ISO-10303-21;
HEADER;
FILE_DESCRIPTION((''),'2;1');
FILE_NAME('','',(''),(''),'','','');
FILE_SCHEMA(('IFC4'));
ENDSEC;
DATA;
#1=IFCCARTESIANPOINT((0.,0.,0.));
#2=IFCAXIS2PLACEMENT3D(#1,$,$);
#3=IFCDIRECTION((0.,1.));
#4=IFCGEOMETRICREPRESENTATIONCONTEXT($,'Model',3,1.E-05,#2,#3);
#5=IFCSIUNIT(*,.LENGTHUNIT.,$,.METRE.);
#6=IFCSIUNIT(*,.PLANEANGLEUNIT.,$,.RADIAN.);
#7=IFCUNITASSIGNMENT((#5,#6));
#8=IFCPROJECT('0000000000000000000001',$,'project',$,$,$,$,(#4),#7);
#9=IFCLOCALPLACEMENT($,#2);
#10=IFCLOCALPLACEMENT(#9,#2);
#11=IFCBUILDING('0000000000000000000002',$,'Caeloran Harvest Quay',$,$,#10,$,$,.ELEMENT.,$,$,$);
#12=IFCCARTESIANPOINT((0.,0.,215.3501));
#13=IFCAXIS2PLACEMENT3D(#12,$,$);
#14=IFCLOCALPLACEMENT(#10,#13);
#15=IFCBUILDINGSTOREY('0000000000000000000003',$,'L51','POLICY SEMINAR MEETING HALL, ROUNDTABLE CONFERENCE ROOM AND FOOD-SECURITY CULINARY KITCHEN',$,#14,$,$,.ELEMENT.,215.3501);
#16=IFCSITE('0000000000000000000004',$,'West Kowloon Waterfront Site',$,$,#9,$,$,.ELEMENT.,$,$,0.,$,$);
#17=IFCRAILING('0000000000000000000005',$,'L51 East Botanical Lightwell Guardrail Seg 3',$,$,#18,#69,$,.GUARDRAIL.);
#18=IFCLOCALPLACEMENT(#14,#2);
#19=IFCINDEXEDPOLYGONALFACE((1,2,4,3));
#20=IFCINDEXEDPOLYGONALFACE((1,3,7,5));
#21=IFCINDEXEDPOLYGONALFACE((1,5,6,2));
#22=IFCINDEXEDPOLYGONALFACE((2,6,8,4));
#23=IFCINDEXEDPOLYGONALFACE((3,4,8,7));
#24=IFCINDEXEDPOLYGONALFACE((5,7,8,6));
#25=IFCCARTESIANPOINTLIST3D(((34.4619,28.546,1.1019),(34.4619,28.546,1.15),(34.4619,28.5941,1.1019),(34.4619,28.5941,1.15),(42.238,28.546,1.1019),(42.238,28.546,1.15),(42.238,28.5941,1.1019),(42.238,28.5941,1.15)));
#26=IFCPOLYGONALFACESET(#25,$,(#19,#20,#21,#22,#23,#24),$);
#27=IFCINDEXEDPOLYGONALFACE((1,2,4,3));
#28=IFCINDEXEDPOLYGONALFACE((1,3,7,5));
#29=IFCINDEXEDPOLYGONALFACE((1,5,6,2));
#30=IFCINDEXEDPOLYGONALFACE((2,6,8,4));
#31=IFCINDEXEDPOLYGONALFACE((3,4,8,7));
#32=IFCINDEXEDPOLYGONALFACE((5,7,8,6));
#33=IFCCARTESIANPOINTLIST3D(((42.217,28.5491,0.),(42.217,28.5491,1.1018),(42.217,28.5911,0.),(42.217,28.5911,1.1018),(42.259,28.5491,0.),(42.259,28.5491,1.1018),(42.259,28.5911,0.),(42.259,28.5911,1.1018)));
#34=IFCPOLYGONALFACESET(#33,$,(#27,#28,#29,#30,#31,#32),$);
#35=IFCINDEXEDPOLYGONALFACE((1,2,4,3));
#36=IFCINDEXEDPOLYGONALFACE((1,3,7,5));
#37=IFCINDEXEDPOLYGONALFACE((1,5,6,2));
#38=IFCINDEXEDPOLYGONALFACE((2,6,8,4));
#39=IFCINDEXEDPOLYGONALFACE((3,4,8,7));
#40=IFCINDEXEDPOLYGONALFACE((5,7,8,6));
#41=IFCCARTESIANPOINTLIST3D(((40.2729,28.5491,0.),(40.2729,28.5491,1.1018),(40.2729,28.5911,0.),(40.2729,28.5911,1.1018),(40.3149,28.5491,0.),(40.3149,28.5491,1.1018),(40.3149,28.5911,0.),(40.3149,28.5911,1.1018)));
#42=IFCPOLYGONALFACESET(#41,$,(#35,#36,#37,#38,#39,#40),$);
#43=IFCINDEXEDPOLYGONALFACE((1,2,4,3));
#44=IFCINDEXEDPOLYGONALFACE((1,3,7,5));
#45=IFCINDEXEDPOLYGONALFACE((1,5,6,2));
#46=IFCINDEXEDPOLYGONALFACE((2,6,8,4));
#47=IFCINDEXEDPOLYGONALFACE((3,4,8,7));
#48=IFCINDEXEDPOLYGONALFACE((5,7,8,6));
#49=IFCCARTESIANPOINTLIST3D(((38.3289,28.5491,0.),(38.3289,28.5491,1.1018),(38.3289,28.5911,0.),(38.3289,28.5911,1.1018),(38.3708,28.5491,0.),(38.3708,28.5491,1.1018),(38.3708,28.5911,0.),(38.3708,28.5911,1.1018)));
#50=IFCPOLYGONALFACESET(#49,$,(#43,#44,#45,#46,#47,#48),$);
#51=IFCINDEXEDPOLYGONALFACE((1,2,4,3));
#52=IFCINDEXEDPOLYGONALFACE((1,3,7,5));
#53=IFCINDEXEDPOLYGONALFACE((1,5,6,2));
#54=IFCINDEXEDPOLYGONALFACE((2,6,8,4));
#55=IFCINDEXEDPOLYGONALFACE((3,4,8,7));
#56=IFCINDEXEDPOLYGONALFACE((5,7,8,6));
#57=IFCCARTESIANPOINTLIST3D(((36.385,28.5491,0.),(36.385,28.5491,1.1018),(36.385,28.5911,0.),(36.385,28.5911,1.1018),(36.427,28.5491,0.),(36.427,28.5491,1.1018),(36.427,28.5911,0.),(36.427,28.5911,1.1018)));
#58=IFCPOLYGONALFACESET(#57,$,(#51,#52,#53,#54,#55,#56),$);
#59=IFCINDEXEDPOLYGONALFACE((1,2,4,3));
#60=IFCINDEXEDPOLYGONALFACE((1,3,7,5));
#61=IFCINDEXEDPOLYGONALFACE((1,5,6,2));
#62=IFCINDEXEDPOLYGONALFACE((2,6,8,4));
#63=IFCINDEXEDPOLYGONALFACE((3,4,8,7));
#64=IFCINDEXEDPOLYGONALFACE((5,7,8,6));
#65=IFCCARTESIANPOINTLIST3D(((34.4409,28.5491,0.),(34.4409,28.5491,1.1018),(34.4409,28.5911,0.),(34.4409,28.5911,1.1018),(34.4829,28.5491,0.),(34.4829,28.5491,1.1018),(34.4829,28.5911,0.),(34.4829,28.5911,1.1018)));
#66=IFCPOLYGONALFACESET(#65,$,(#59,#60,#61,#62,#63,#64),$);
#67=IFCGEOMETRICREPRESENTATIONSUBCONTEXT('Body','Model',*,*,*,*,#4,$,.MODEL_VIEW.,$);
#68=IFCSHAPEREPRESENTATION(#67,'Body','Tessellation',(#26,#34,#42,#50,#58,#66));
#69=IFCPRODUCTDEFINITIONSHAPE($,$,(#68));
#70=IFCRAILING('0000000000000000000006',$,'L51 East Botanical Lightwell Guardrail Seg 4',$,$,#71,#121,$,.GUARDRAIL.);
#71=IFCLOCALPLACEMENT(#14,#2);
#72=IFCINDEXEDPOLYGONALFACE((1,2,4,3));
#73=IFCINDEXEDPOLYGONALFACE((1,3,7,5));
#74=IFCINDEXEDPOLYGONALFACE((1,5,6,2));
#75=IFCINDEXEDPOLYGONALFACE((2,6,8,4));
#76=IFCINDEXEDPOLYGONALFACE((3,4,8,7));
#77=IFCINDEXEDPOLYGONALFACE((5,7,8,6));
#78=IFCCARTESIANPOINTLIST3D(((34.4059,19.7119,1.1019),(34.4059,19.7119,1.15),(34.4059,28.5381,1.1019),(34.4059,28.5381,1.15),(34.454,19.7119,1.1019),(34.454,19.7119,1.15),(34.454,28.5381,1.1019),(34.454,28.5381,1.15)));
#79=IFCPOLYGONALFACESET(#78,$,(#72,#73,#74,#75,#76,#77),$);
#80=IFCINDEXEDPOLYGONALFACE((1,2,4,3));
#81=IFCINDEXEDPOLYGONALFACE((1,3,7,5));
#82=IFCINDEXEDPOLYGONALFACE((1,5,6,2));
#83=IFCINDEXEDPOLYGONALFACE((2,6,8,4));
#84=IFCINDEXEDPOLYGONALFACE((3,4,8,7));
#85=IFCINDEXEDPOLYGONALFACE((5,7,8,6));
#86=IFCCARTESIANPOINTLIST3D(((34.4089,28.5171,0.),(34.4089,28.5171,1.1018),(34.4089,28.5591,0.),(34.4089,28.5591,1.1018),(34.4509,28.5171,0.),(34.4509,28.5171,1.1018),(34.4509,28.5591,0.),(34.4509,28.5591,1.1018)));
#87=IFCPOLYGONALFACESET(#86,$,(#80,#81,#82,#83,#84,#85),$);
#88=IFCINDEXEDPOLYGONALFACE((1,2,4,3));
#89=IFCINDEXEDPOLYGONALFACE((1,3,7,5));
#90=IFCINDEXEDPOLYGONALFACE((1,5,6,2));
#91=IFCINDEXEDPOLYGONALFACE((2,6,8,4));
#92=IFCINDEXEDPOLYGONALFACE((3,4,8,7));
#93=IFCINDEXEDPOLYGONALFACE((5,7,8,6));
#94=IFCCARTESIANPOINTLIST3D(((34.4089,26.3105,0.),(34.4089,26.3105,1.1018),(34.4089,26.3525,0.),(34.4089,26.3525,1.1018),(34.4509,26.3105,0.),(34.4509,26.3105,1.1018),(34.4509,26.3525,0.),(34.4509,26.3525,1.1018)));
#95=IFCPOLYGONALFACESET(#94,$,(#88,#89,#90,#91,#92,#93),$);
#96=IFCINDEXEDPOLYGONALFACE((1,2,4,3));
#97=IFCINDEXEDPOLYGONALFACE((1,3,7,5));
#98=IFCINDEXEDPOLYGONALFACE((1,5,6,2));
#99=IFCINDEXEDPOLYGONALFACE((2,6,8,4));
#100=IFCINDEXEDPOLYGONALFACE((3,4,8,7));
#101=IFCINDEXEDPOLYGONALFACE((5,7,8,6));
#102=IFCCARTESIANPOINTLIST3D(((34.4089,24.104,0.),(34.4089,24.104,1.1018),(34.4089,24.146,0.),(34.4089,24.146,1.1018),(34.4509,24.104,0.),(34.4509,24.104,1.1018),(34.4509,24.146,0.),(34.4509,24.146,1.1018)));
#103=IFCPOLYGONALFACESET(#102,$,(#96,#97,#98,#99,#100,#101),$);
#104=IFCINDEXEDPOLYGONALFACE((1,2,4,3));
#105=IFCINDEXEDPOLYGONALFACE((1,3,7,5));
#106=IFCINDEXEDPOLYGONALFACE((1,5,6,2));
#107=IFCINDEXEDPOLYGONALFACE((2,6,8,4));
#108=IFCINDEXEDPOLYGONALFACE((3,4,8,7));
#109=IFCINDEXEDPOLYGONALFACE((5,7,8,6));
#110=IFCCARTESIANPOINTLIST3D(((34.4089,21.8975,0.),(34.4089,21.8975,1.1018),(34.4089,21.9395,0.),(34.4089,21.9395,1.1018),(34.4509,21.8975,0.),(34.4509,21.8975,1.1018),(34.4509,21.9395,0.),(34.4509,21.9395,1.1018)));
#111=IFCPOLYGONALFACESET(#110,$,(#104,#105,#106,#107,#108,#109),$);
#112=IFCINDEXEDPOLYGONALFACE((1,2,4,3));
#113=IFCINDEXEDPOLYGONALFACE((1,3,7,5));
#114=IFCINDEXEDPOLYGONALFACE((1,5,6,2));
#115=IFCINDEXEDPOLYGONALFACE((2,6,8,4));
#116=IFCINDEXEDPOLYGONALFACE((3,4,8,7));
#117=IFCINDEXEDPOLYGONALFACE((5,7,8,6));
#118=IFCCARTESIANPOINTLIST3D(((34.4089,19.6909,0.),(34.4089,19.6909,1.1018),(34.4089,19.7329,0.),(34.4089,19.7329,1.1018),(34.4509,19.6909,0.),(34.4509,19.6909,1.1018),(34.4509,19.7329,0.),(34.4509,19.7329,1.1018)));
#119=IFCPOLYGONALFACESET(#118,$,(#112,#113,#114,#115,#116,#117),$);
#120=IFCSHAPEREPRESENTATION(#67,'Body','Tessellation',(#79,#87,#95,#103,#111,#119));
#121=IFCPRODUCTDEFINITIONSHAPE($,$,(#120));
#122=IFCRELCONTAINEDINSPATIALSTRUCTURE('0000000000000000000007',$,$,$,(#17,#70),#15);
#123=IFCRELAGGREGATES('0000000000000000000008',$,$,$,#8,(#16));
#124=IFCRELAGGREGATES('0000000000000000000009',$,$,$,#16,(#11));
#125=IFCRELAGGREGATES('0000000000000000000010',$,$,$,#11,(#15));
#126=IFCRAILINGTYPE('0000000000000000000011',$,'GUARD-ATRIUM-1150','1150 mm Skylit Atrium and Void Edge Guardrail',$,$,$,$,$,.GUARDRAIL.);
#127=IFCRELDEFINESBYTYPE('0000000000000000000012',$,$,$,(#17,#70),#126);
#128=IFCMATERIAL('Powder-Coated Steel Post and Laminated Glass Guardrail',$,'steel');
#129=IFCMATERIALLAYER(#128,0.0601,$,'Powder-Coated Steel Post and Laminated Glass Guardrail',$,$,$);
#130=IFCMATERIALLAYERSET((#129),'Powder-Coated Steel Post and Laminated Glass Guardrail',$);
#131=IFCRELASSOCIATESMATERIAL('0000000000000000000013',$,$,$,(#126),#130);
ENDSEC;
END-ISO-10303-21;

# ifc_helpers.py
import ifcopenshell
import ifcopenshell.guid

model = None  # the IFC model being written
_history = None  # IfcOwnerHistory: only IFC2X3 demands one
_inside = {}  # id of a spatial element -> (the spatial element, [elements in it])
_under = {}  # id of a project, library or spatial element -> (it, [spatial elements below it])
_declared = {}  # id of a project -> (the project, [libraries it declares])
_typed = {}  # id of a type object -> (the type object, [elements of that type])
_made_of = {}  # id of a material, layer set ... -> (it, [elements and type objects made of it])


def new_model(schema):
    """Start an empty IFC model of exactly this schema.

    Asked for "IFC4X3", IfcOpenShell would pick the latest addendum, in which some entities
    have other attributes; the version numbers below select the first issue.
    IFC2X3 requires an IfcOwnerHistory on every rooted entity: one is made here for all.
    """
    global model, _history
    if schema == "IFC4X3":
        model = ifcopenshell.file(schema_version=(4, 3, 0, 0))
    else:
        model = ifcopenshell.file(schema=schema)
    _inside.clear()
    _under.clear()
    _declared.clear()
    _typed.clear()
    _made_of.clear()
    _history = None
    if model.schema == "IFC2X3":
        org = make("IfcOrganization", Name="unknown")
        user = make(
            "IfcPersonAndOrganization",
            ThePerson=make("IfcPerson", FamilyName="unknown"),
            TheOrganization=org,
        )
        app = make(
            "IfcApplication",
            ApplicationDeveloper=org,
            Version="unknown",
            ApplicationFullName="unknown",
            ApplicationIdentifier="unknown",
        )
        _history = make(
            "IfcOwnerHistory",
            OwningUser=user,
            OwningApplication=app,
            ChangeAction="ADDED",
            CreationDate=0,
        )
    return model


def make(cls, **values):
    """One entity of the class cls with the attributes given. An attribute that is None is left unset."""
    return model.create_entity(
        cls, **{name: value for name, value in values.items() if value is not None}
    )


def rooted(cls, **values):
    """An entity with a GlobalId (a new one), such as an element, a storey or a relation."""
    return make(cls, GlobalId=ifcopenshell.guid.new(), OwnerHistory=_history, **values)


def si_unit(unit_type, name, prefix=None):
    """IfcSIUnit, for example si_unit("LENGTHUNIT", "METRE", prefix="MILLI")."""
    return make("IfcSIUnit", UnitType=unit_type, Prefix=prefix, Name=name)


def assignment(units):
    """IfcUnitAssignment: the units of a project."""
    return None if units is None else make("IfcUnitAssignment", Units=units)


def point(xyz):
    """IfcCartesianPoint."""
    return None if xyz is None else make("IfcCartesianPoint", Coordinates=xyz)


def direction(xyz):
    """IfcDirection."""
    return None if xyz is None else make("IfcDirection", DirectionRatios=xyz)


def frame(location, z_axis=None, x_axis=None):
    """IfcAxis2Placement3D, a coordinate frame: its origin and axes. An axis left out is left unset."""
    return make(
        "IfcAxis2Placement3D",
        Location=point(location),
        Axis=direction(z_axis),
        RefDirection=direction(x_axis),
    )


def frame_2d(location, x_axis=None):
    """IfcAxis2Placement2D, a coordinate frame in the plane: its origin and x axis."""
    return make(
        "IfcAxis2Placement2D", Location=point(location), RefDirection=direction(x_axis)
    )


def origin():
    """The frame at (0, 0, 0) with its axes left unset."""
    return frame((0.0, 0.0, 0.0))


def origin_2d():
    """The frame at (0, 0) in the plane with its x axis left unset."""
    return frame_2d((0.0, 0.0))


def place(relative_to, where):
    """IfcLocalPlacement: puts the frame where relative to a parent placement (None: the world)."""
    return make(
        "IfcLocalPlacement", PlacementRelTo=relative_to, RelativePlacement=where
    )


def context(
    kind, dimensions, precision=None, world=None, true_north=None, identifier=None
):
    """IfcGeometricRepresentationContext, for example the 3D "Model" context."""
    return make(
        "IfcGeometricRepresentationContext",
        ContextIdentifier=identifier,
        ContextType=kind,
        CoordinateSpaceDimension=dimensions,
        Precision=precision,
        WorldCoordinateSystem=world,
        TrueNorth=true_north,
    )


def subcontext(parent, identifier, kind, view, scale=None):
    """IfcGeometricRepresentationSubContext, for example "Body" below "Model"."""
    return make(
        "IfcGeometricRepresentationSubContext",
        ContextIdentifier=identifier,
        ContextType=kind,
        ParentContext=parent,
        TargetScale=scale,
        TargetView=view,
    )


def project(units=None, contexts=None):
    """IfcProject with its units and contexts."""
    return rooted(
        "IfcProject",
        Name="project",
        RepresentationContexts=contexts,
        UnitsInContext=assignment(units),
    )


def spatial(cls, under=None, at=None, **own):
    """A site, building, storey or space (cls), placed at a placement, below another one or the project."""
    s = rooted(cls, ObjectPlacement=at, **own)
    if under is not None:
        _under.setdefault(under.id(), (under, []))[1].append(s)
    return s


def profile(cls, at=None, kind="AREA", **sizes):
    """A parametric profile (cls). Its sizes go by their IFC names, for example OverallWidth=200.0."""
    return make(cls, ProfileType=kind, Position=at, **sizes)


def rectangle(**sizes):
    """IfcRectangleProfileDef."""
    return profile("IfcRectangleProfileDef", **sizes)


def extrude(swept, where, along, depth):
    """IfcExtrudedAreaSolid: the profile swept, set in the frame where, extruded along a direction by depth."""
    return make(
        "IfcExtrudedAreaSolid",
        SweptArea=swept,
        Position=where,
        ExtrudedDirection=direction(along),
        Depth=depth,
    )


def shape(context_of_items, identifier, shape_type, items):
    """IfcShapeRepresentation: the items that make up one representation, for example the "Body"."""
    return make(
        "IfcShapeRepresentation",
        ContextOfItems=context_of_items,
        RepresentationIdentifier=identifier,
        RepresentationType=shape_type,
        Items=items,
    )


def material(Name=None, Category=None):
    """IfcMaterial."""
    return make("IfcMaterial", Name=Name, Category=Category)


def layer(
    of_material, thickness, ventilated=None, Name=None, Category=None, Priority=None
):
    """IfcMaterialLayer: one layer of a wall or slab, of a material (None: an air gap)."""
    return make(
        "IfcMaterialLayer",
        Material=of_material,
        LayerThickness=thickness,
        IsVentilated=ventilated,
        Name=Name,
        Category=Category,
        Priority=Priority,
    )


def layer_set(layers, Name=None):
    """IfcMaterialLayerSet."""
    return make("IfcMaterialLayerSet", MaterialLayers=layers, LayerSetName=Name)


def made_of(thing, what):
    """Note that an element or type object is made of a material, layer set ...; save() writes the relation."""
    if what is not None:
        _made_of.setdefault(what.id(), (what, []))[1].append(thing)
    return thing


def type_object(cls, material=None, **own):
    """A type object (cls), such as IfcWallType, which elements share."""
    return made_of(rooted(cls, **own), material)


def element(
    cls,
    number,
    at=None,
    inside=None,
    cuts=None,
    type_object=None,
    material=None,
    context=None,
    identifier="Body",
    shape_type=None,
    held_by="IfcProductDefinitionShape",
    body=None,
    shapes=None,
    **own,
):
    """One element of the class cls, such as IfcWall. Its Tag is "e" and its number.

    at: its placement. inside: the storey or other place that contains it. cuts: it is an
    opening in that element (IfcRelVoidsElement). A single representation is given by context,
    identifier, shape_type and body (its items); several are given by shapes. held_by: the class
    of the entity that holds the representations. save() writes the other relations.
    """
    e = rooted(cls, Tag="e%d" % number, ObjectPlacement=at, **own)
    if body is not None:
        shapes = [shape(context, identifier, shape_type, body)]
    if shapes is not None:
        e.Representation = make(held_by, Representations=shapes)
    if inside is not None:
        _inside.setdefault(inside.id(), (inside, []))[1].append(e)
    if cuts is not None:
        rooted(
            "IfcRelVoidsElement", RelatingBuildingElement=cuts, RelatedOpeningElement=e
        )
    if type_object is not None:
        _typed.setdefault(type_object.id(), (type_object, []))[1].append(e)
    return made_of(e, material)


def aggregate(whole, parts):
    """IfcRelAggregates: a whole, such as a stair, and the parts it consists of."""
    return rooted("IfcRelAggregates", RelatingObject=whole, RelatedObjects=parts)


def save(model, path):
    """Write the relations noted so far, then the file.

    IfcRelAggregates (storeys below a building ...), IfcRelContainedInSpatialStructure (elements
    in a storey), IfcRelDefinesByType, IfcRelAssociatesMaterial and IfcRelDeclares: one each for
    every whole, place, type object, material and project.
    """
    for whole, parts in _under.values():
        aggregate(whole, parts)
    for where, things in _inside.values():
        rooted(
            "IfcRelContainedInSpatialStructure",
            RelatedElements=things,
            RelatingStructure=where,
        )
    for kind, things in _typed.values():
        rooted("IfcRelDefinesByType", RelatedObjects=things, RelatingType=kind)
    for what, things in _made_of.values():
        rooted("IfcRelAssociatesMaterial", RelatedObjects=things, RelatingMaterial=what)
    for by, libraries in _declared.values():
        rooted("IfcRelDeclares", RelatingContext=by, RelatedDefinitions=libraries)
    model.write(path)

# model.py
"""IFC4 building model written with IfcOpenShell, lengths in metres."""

from ifc_helpers import new_model, si_unit, direction, frame, origin, origin_2d, place, context, subcontext, project, spatial, rectangle, extrude, material, layer, layer_set, type_object, element, save


model = new_model("IFC4")

# Units and contexts
model_context = context("Model", 3, precision=1e-05, world=origin(), true_north=direction((0.0, 1.0)))
body_context = subcontext(model_context, "Body", "Model", "MODEL_VIEW")
ifc_project = project(units=[si_unit("LENGTHUNIT", "METRE"), si_unit("PLANEANGLEUNIT", "RADIAN")], contexts=[model_context])

# Site, building, storey
site_placement = place(None, origin())
site = spatial("IfcSite", under=ifc_project, at=site_placement, Name="West Kowloon Waterfront Site", CompositionType="ELEMENT", RefElevation=0.0)
building_placement = place(site_placement, origin())
building = spatial("IfcBuilding", under=site, at=building_placement, Name="Caeloran Harvest Quay", CompositionType="ELEMENT")
storey_placement = place(building_placement, frame((0.0, 0.0, 215.3501)))
storey = spatial("IfcBuildingStorey", under=building, at=storey_placement, Name="L51", Description="POLICY SEMINAR MEETING HALL, ROUNDTABLE CONFERENCE ROOM AND FOOD-SECURITY CULINARY KITCHEN", CompositionType="ELEMENT", Elevation=215.3501)

# Railings
ifc_material_1 = material(Name="Powder-Coated Steel Post and Laminated Glass Guardrail", Category="steel")
ifc_layer_1 = layer(ifc_material_1, 0.0601, Name="Powder-Coated Steel Post and Laminated Glass Guardrail")
ifc_layer_set_1 = layer_set([ifc_layer_1], Name="Powder-Coated Steel Post and Laminated Glass Guardrail")
railing_type = type_object("IfcRailingType", Name="GUARD-ATRIUM-1150", Description="1150 mm Skylit Atrium and Void Edge Guardrail", PredefinedType="GUARDRAIL", material=ifc_layer_set_1)
railing_1_placement = place(storey_placement, frame((42.238, 28.5701, 0.0)))
element("IfcRailing", 1, at=railing_1_placement, inside=storey, type_object=railing_type, Name="L51 East Botanical Lightwell Guardrail Seg 3", PredefinedType="GUARDRAIL", context=body_context, shape_type="SweptSolid", body=[
    extrude(rectangle(XDim=0.0481, YDim=0.0481, at=origin_2d()), frame((0.0, 0.0, 1.126), z_axis=(-1.0, 0.0, 0.0), x_axis=(0.0, -1.0, 0.0)), (0.0, 0.0, 1.0), 7.7761),
    extrude(rectangle(XDim=0.042, YDim=0.042, at=origin_2d()), origin(), (0.0, 0.0, 1.0), 1.1018),
    extrude(rectangle(XDim=0.042, YDim=0.042, at=origin_2d()), frame((-1.9441, 0.0, 0.0)), (0.0, 0.0, 1.0), 1.1018),
    extrude(rectangle(XDim=0.042, YDim=0.042, at=origin_2d()), frame((-3.8882, 0.0, 0.0)), (0.0, 0.0, 1.0), 1.1018),
    extrude(rectangle(XDim=0.042, YDim=0.042, at=origin_2d()), frame((-5.832, 0.0, 0.0)), (0.0, 0.0, 1.0), 1.1018),
    extrude(rectangle(XDim=0.042, YDim=0.042, at=origin_2d()), frame((-7.7761, 0.0, 0.0)), (0.0, 0.0, 1.0), 1.1018),
])
railing_2_placement = place(storey_placement, frame((34.4299, 28.5381, 0.0)))
element("IfcRailing", 2, at=railing_2_placement, inside=storey, type_object=railing_type, Name="L51 East Botanical Lightwell Guardrail Seg 4", PredefinedType="GUARDRAIL", context=body_context, shape_type="SweptSolid", body=[
    extrude(rectangle(XDim=0.0481, YDim=0.0481, at=origin_2d()), frame((0.0, 0.0, 1.126), z_axis=(0.0, -1.0, 0.0), x_axis=(1.0, 0.0, 0.0)), (0.0, 0.0, 1.0), 8.8262),
    extrude(rectangle(XDim=0.042, YDim=0.042, at=origin_2d()), origin(), (0.0, 0.0, 1.0), 1.1018),
    extrude(rectangle(XDim=0.042, YDim=0.042, at=origin_2d()), frame((0.0, -2.2065, 0.0)), (0.0, 0.0, 1.0), 1.1018),
    extrude(rectangle(XDim=0.042, YDim=0.042, at=origin_2d()), frame((0.0, -4.4131, 0.0)), (0.0, 0.0, 1.0), 1.1018),
    extrude(rectangle(XDim=0.042, YDim=0.042, at=origin_2d()), frame((0.0, -6.6196, 0.0)), (0.0, 0.0, 1.0), 1.1018),
    extrude(rectangle(XDim=0.042, YDim=0.042, at=origin_2d()), frame((0.0, -8.8262, 0.0)), (0.0, 0.0, 1.0), 1.1018),
])

save(model, "model.ifc")
